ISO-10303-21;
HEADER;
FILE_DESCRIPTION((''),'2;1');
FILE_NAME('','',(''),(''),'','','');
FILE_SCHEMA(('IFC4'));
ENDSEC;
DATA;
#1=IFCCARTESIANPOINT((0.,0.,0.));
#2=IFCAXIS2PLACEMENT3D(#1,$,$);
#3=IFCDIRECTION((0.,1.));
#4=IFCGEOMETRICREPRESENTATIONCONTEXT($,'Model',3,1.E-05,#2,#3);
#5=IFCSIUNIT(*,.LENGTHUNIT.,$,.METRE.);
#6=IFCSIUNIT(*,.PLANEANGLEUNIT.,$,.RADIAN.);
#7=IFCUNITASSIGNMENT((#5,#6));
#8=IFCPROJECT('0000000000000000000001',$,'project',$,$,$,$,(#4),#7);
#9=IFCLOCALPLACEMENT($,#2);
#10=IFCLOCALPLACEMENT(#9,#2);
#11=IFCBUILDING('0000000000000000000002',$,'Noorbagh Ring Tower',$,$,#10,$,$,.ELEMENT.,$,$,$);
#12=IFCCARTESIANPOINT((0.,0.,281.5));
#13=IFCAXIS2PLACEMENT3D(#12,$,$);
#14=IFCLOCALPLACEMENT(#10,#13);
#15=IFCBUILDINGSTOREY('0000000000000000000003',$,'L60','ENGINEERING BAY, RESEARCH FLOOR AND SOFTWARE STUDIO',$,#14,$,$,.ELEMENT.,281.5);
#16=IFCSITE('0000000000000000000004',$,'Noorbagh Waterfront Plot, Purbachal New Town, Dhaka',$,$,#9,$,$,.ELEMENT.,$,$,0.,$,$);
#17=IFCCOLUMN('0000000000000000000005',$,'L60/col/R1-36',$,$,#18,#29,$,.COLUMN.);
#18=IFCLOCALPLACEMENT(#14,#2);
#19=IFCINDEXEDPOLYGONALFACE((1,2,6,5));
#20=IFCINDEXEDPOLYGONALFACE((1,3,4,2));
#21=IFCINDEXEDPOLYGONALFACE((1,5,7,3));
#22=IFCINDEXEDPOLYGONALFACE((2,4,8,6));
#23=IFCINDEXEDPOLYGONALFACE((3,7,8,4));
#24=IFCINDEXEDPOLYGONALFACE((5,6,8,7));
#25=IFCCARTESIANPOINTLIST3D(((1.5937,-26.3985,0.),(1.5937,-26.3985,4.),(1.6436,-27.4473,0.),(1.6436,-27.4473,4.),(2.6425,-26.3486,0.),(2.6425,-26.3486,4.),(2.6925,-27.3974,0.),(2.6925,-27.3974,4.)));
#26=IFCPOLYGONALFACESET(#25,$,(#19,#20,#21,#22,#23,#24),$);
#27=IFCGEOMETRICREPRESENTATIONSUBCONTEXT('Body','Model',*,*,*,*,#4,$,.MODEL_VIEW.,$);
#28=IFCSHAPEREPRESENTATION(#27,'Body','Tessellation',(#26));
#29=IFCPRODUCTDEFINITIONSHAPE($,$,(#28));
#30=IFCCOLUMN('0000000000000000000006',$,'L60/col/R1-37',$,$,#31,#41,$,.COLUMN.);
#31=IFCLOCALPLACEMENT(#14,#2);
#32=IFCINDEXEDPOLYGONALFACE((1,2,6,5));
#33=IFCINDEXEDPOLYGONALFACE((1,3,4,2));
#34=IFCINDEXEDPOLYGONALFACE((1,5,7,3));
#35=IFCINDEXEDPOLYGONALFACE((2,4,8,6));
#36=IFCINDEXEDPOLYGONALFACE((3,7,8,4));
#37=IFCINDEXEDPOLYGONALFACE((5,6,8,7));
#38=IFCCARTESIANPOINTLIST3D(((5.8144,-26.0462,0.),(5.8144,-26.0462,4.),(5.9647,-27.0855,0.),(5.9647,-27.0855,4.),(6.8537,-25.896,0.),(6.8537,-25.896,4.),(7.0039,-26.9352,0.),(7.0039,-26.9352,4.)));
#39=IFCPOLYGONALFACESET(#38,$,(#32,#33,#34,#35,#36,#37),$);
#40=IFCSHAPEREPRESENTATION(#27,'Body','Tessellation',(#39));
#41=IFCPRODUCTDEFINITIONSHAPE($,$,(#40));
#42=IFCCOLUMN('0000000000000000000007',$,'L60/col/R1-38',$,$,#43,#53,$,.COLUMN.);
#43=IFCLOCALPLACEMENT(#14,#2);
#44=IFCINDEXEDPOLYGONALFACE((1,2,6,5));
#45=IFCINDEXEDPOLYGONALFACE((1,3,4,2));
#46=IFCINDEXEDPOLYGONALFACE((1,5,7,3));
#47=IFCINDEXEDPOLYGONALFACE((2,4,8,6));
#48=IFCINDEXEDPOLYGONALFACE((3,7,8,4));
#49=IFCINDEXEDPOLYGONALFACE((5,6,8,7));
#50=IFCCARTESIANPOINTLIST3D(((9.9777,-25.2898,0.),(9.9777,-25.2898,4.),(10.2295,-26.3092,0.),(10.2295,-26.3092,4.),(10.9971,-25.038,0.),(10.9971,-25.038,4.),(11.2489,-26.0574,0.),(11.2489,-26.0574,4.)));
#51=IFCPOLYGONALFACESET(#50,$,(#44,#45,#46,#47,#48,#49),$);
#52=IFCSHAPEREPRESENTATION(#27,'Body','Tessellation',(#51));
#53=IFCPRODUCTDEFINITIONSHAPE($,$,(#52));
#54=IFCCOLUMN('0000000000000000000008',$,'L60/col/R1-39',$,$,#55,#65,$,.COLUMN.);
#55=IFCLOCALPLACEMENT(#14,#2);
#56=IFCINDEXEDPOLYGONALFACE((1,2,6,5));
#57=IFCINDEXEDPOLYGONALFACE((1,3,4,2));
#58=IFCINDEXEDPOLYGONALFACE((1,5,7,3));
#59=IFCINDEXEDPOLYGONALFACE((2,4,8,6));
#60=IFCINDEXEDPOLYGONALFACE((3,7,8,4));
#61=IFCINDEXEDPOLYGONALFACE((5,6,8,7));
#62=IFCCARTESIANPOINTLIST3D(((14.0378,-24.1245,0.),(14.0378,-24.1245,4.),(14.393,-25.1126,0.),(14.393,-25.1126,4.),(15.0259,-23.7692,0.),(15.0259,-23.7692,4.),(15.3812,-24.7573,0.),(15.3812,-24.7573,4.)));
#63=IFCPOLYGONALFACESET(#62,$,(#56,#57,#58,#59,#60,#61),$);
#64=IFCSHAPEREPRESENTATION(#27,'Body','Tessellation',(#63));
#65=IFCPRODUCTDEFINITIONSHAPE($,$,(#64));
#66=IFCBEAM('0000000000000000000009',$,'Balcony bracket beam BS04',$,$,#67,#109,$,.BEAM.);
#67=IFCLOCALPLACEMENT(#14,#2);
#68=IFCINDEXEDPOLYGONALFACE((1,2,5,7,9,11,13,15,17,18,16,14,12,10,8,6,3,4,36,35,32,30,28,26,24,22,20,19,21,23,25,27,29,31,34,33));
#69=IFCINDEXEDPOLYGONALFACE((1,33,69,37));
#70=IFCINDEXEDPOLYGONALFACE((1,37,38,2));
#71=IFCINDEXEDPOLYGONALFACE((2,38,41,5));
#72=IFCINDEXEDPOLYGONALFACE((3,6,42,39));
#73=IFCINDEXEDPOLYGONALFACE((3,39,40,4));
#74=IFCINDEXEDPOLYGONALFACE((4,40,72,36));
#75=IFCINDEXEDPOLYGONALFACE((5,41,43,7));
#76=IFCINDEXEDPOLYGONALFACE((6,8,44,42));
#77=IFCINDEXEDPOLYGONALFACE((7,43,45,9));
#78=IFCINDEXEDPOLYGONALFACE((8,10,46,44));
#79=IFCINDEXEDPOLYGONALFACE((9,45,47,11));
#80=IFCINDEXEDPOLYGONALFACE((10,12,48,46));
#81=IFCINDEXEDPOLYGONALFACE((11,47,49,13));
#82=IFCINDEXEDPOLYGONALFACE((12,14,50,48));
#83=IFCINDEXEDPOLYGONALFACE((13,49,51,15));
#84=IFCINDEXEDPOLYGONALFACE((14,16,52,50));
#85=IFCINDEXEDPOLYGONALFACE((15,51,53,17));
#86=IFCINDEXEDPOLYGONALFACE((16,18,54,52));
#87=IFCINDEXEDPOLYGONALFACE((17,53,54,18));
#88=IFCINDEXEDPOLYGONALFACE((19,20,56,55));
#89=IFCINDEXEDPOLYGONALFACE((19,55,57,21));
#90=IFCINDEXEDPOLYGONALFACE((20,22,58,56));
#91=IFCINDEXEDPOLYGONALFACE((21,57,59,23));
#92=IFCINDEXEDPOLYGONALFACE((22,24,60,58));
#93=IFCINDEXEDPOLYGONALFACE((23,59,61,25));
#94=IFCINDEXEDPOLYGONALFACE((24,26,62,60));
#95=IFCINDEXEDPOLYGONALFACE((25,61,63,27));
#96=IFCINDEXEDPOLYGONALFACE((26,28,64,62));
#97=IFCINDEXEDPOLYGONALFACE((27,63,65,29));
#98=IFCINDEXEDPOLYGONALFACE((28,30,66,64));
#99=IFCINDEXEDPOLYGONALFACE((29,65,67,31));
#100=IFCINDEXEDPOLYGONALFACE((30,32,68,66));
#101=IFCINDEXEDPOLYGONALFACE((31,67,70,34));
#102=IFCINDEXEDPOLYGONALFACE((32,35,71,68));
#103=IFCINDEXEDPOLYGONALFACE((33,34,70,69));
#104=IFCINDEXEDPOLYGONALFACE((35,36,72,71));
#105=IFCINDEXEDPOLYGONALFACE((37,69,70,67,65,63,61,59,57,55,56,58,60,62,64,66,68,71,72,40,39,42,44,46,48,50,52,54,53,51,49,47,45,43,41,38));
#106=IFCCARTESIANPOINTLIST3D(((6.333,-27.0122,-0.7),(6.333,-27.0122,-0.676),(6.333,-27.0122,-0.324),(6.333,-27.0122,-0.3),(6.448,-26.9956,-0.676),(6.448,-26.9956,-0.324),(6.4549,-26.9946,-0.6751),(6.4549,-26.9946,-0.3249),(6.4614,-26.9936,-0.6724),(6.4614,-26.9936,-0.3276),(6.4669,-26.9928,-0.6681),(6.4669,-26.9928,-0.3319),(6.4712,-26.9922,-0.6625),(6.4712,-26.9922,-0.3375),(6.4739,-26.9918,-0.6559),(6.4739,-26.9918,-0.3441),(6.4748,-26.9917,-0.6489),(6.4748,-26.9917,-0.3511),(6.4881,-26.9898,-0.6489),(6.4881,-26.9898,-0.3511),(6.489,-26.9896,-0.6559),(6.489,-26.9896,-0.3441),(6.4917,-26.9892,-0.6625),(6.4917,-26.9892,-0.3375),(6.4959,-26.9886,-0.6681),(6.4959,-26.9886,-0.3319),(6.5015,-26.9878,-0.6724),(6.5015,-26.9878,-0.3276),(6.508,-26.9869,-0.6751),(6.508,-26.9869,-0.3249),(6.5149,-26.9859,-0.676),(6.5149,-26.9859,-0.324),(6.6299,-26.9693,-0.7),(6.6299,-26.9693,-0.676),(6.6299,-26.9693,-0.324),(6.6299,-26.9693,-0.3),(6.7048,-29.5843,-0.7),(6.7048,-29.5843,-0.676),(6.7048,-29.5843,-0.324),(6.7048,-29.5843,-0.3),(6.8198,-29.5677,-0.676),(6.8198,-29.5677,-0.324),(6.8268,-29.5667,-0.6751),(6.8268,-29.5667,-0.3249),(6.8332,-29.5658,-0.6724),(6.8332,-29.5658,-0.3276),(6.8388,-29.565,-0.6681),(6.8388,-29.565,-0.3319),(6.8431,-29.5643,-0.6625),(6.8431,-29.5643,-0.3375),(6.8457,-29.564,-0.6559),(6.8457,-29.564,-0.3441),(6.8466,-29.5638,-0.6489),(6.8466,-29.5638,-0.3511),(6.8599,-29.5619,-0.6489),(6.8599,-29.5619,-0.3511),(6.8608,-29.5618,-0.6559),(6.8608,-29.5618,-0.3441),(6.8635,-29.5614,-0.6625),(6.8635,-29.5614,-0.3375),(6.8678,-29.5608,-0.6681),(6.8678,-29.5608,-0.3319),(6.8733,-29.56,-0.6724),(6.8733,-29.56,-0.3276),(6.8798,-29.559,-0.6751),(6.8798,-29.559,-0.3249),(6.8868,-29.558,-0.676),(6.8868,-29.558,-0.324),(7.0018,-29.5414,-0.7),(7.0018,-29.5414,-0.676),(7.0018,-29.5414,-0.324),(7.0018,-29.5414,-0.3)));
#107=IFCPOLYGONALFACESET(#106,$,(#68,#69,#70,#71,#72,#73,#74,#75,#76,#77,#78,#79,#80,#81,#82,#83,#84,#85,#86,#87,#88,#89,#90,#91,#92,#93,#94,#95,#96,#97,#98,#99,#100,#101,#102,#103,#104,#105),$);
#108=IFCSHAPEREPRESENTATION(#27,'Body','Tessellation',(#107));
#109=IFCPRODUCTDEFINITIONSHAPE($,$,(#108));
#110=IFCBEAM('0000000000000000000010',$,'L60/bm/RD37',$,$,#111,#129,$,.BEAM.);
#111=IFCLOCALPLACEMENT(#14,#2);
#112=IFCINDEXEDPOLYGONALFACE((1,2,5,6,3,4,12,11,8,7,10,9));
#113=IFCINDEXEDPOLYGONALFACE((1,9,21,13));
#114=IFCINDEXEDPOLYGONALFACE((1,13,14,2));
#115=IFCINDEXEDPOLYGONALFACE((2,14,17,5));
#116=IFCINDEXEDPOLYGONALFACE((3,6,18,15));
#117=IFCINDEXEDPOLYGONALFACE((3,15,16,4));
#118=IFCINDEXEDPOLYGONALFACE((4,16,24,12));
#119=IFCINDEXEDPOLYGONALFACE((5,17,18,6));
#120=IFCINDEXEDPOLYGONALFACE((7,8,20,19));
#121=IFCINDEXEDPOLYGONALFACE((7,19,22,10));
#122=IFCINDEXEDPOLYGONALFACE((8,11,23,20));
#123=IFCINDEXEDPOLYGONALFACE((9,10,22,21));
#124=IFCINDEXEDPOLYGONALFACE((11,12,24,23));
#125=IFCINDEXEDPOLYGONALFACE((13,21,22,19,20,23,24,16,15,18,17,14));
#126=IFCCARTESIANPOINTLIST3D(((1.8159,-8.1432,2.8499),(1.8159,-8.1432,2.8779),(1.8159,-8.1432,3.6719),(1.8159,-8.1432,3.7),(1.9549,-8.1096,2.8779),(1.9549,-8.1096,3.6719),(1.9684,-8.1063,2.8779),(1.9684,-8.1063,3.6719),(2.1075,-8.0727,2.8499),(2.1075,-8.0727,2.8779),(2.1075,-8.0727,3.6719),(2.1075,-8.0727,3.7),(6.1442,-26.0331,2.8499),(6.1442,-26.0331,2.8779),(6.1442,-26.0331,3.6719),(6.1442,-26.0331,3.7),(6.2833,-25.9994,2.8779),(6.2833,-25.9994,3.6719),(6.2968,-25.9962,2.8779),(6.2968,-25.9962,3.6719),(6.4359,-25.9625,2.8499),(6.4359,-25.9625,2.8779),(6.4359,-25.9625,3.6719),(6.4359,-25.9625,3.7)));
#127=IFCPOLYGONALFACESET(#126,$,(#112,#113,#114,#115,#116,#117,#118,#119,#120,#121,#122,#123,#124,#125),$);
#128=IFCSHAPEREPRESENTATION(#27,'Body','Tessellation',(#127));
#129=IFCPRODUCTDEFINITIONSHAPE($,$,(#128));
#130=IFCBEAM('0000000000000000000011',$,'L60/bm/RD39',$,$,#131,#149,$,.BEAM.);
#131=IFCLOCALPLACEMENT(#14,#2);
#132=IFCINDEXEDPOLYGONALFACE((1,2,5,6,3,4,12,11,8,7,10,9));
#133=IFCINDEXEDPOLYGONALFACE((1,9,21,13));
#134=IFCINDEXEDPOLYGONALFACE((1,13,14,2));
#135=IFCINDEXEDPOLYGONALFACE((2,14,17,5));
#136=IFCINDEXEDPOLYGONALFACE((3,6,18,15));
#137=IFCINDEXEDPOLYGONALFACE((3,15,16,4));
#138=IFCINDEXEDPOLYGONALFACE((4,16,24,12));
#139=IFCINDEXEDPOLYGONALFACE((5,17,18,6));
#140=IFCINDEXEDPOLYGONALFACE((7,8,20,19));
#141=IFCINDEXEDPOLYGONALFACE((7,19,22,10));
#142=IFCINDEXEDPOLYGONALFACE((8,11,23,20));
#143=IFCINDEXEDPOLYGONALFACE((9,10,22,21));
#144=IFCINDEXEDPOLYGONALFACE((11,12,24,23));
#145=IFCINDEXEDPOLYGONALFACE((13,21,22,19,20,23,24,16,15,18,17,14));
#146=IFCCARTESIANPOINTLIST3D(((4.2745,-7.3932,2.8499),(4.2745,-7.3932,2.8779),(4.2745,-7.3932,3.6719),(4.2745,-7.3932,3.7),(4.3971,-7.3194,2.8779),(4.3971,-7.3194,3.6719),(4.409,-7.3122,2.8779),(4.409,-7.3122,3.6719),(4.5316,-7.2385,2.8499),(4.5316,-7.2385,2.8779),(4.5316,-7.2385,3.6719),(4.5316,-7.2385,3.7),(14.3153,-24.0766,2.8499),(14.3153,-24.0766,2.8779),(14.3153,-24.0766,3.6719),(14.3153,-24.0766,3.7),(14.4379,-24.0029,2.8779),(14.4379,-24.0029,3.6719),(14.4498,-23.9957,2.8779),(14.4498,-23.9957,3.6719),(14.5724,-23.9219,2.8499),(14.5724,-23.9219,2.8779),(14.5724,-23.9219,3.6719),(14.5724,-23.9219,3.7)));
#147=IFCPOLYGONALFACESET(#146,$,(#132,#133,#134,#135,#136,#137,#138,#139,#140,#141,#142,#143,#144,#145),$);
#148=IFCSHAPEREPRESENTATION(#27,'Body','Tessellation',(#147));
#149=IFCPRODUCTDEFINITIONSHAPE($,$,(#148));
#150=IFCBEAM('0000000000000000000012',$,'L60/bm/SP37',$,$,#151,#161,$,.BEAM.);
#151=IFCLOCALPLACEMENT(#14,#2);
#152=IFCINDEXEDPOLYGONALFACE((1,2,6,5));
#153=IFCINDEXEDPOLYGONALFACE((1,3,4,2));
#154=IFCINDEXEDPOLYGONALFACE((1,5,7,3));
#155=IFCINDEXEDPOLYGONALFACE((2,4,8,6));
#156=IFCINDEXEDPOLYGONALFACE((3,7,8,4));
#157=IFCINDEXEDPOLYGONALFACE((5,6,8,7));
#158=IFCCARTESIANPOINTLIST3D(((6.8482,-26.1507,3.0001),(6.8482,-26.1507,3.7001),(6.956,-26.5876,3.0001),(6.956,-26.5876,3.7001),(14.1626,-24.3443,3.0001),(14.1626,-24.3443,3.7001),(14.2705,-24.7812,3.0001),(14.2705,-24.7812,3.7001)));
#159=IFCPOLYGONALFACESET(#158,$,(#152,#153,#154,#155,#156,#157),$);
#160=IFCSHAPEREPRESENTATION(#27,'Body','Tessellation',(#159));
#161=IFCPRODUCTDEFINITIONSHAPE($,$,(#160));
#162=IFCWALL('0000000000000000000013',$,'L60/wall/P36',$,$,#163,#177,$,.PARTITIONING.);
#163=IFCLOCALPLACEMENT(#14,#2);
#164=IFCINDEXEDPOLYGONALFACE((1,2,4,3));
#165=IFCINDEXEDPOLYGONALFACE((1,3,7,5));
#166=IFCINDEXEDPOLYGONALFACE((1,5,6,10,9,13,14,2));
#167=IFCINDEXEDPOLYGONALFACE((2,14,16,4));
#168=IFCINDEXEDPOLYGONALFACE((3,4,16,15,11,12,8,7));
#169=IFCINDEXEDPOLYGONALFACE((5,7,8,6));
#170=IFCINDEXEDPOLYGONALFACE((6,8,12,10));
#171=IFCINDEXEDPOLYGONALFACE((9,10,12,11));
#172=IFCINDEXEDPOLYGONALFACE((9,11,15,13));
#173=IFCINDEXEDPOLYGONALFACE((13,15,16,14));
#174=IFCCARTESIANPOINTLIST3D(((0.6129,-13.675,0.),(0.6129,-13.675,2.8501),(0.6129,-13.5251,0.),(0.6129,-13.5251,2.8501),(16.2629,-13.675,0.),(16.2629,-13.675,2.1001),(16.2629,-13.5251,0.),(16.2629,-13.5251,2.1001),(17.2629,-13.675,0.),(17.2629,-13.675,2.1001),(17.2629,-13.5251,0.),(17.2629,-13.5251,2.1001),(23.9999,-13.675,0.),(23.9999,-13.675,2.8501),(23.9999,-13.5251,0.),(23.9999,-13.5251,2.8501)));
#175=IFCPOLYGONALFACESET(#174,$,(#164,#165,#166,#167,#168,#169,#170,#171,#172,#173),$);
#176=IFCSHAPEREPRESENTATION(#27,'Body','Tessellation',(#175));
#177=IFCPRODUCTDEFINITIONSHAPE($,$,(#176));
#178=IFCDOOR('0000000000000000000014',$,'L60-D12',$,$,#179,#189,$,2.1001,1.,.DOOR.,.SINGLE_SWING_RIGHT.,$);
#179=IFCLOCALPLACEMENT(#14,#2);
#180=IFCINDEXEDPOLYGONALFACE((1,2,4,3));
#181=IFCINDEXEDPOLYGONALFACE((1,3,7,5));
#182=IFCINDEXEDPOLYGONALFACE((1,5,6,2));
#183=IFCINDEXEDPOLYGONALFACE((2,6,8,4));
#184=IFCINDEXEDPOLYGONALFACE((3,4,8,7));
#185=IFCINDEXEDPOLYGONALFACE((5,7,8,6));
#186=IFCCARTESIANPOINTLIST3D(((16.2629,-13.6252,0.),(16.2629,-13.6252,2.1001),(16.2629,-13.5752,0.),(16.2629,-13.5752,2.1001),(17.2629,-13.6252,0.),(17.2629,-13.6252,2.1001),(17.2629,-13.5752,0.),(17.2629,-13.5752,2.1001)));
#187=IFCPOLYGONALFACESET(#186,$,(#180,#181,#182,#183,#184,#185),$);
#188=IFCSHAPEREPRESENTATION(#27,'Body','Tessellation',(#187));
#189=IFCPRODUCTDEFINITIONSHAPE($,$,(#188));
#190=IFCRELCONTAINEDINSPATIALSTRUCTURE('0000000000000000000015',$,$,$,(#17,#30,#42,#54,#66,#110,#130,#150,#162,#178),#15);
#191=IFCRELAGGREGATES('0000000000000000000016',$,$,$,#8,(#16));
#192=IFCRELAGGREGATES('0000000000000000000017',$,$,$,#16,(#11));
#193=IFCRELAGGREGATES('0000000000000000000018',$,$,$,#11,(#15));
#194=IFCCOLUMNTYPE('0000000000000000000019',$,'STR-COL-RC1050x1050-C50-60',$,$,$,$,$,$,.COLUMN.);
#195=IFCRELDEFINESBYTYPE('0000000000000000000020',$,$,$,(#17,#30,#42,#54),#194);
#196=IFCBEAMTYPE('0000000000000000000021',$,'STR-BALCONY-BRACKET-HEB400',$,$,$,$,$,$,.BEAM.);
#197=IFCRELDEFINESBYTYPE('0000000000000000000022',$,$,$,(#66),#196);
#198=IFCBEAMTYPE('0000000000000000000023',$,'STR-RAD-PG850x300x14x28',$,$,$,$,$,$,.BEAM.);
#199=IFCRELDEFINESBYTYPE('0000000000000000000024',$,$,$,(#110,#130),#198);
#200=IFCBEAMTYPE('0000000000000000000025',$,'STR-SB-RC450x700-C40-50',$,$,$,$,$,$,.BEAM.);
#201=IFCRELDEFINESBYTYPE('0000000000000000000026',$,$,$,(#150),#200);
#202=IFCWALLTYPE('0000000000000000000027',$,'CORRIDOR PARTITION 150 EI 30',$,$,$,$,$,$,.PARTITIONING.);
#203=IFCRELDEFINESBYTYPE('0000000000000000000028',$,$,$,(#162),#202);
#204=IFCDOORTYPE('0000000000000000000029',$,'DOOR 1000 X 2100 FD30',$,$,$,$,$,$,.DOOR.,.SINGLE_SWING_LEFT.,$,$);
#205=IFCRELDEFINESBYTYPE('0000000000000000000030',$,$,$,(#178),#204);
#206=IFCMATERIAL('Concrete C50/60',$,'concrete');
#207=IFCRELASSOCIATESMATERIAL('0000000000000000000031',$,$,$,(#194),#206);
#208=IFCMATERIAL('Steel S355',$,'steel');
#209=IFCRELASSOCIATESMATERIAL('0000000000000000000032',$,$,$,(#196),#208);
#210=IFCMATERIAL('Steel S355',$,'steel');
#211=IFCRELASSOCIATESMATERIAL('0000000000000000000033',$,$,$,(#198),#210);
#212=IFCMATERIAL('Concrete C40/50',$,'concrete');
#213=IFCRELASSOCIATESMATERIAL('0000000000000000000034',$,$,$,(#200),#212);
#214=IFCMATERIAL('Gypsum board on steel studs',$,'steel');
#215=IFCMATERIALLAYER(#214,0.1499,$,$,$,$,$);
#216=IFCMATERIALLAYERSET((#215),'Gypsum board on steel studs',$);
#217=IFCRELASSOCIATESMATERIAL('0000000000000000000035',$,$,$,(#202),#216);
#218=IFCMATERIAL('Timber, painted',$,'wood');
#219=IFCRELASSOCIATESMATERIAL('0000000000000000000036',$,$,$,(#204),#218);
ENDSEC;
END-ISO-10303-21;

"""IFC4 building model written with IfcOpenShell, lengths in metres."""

from ifc_helpers import new_model, si_unit, direction, frame, frame_2d, origin, origin_2d, place, context, subcontext, project, spatial, rectangle, i_section, extrude, material, layer, layer_set, material_profile, profile_set, type_object, element, fill, save


model = new_model("IFC4")

# Units and contexts
model_context = context("Model", 3, precision=1e-05, world=origin(), true_north=direction((0.0, 1.0)))
body_context = subcontext(model_context, "Body", "Model", "MODEL_VIEW")
ifc_project = project(units=[si_unit("LENGTHUNIT", "METRE"), si_unit("PLANEANGLEUNIT", "RADIAN")], contexts=[model_context])

# Site, building, storey
site_placement = place(None, origin())
site = spatial("IfcSite", under=ifc_project, at=site_placement, Name="Noorbagh Waterfront Plot, Purbachal New Town, Dhaka", CompositionType="ELEMENT", RefElevation=0.0)
building_placement = place(site_placement, origin())
building = spatial("IfcBuilding", under=site, at=building_placement, Name="Noorbagh Ring Tower", CompositionType="ELEMENT")
storey_placement = place(building_placement, frame((0.0, 0.0, 281.5)))
storey = spatial("IfcBuildingStorey", under=building, at=storey_placement, Name="L60", Description="ENGINEERING BAY, RESEARCH FLOOR AND SOFTWARE STUDIO", CompositionType="ELEMENT", Elevation=281.5)

# Columns
ifc_material_1 = material(Name="Concrete C50/60", Category="concrete")
ifc_material_profile_1 = material_profile(ifc_material_1, rectangle(XDim=1.05, YDim=1.05, at=origin_2d()), Name="RC1050x1050")
ifc_profile_set_1 = profile_set([ifc_material_profile_1], Name="Concrete C50/60")
column_type = type_object("IfcColumnType", Name="STR-COL-RC1050x1050-C50-60", PredefinedType="COLUMN", material=ifc_profile_set_1)
for number, where, z_axis, x_axis, name in (
    (1, (2.1431, -26.8979, 0.0), (0.0, 0.0, 1.0), (0.998869, 0.047553, 0.0), "L60/col/R1-36"),
    (2, (6.4092, -26.4907, 0.0), (0.0, 0.0, 1.0), (0.989713, 0.143066, 0.0), "L60/col/R1-37"),
    (3, (10.6133, -25.6736, 0.0), (0.0, 0.0, 1.0), (0.970829, 0.239771, 0.0), "L60/col/R1-38"),
    (4, (14.7095, -24.4409, 0.0), (0.0, 0.0, 1.0), (0.941025, 0.338338, 0.0), "L60/col/R1-39"),
):
    element("IfcColumn", number, at=place(storey_placement, frame(where, z_axis=z_axis, x_axis=x_axis)), inside=storey, type_object=column_type, Name=name, PredefinedType="COLUMN", context=body_context, shape_type="SweptSolid", body=[
        extrude(rectangle(XDim=1.05, YDim=1.05, at=origin_2d()), origin(), (0.0, 0.0, 1.0), 4.0),
    ])

# Beams
ifc_material_2 = material(Name="Steel S355", Category="steel")
ifc_material_profile_2 = material_profile(ifc_material_2, i_section(OverallWidth=0.3, OverallDepth=0.3999, WebThickness=0.0134, FlangeThickness=0.0239, FilletRadius=0.0271, at=origin_2d()), Name="HEB400")
ifc_profile_set_2 = profile_set([ifc_material_profile_2], Name="Steel S355")
beam_type_1 = type_object("IfcBeamType", Name="STR-BALCONY-BRACKET-HEB400", PredefinedType="BEAM", material=ifc_profile_set_2)
beam_1_placement = place(storey_placement, frame((6.4814, -26.9907, -0.5), z_axis=(0.143078, -0.989711, 0.0), x_axis=(0.989711, 0.143078, 0.0)))
element("IfcBeam", 5, at=beam_1_placement, inside=storey, type_object=beam_type_1, Name="Balcony bracket beam BS04", PredefinedType="BEAM", context=body_context, shape_type="SweptSolid", body=[
    extrude(i_section(OverallWidth=0.3, OverallDepth=0.3999, WebThickness=0.0134, FlangeThickness=0.0239, FilletRadius=0.0271, at=origin_2d()), origin(), (0.0, 0.0, 1.0), 2.5989),
])
ifc_material_3 = material(Name="Steel S355", Category="steel")
ifc_material_profile_3 = material_profile(ifc_material_3, i_section(OverallWidth=0.3, OverallDepth=0.8501, WebThickness=0.0139, FlangeThickness=0.0281, at=origin_2d()), Name="PG850x300x14x28")
ifc_profile_set_3 = profile_set([ifc_material_profile_3], Name="Steel S355")
beam_type_2 = type_object("IfcBeamType", Name="STR-RAD-PG850x300x14x28", PredefinedType="BEAM", material=ifc_profile_set_3)
beam_2_placement = place(storey_placement, frame((6.29, -25.9978, 3.2749), z_axis=(-0.23516, 0.971957, 0.0), x_axis=(-0.971957, -0.23516, 0.0)))
element("IfcBeam", 6, at=beam_2_placement, inside=storey, type_object=beam_type_2, Name="L60/bm/RD37", PredefinedType="BEAM", context=body_context, shape_type="SweptSolid", body=[
    extrude(i_section(OverallWidth=0.3, OverallDepth=0.8501, WebThickness=0.0139, FlangeThickness=0.0281, at=origin_2d()), origin(), (0.0, 0.0, 1.0), 18.406),
])
beam_3_placement = place(storey_placement, frame((14.4438, -23.9993, 3.2749), z_axis=(-0.515657, 0.856795, 0.0), x_axis=(-0.856795, -0.515657, 0.0)))
element("IfcBeam", 7, at=beam_3_placement, inside=storey, type_object=beam_type_2, Name="L60/bm/RD39", PredefinedType="BEAM", context=body_context, shape_type="SweptSolid", body=[
    extrude(i_section(OverallWidth=0.3, OverallDepth=0.8501, WebThickness=0.0139, FlangeThickness=0.0281, at=origin_2d()), origin(), (0.0, 0.0, 1.0), 19.4719),
])
ifc_material_4 = material(Name="Concrete C40/50", Category="concrete")
ifc_material_profile_4 = material_profile(ifc_material_4, rectangle(XDim=0.45, YDim=0.7, at=origin_2d()), Name="RC450x700")
ifc_profile_set_4 = profile_set([ifc_material_profile_4], Name="Concrete C40/50")
beam_type_3 = type_object("IfcBeamType", Name="STR-SB-RC450x700-C40-50", PredefinedType="BEAM", material=ifc_profile_set_4)
beam_4_placement = place(storey_placement, frame((6.9021, -26.3691, 3.3501), z_axis=(0.970832, 0.239759, 0.0), x_axis=(-0.239759, 0.970832, 0.0)))
element("IfcBeam", 8, at=beam_4_placement, inside=storey, type_object=beam_type_3, Name="L60/bm/SP37", PredefinedType="BEAM", context=body_context, shape_type="SweptSolid", body=[
    extrude(rectangle(XDim=0.45, YDim=0.7, at=origin_2d()), origin(), (0.0, 0.0, 1.0), 7.5342),
])

# Wall, opening, door
ifc_material_5 = material(Name="Gypsum board on steel studs", Category="steel")
ifc_layer_1 = layer(ifc_material_5, 0.1499)
ifc_layer_set_1 = layer_set([ifc_layer_1], Name="Gypsum board on steel studs")
wall_type_1 = type_object("IfcWallType", Name="CORRIDOR PARTITION 150 EI 30", PredefinedType="PARTITIONING", material=ifc_layer_set_1)
wall_1_placement = place(storey_placement, frame((0.613, -13.6001, 0.0), z_axis=(0.0, 0.0, 1.0), x_axis=(1.0, 0.0, 0.0)))
wall_1 = element("IfcWall", 9, at=wall_1_placement, inside=storey, type_object=wall_type_1, Name="L60/wall/P36", PredefinedType="PARTITIONING", context=body_context, shape_type="SweptSolid", body=[
    extrude(rectangle(XDim=23.387, YDim=0.1499, at=frame_2d((11.6934, 0.0))), origin(), (0.0, 0.0, 1.0), 2.8501),
])
opening_1_placement = place(wall_1_placement, frame((15.6499, 0.0, 0.0)))
opening_1 = element("IfcOpeningElement", 10, at=opening_1_placement, cuts=wall_1, PredefinedType="OPENING", context=body_context, shape_type="SweptSolid", body=[
    extrude(rectangle(XDim=1.0, YDim=2.1001, at=frame_2d((0.5, 1.05))), frame((0.0, 0.085, 0.0), z_axis=(0.0, -1.0, 0.0), x_axis=(1.0, 0.0, 0.0)), (0.0, 0.0, 1.0), 0.1699),
])
ifc_material_6 = material(Name="Timber, painted", Category="wood")
door_type_1 = type_object("IfcDoorType", Name="DOOR 1000 X 2100 FD30", OperationType="SINGLE_SWING_LEFT", PredefinedType="DOOR", material=ifc_material_6)
door_1_placement = place(opening_1_placement, origin())
door_1 = element("IfcDoor", 11, at=door_1_placement, inside=storey, type_object=door_type_1, Name="L60-D12", OperationType="SINGLE_SWING_RIGHT", OverallHeight=2.1001, OverallWidth=1.0, PredefinedType="DOOR", context=body_context, shape_type="SweptSolid", body=[
    extrude(rectangle(XDim=1.0, YDim=2.1001, at=frame_2d((0.5, 1.05))), frame((0.0, 0.0249, 0.0), z_axis=(0.0, -1.0, 0.0), x_axis=(1.0, 0.0, 0.0)), (0.0, 0.0, 1.0), 0.05),
])
fill(opening_1, door_1)

save(model, "model.ifc")
